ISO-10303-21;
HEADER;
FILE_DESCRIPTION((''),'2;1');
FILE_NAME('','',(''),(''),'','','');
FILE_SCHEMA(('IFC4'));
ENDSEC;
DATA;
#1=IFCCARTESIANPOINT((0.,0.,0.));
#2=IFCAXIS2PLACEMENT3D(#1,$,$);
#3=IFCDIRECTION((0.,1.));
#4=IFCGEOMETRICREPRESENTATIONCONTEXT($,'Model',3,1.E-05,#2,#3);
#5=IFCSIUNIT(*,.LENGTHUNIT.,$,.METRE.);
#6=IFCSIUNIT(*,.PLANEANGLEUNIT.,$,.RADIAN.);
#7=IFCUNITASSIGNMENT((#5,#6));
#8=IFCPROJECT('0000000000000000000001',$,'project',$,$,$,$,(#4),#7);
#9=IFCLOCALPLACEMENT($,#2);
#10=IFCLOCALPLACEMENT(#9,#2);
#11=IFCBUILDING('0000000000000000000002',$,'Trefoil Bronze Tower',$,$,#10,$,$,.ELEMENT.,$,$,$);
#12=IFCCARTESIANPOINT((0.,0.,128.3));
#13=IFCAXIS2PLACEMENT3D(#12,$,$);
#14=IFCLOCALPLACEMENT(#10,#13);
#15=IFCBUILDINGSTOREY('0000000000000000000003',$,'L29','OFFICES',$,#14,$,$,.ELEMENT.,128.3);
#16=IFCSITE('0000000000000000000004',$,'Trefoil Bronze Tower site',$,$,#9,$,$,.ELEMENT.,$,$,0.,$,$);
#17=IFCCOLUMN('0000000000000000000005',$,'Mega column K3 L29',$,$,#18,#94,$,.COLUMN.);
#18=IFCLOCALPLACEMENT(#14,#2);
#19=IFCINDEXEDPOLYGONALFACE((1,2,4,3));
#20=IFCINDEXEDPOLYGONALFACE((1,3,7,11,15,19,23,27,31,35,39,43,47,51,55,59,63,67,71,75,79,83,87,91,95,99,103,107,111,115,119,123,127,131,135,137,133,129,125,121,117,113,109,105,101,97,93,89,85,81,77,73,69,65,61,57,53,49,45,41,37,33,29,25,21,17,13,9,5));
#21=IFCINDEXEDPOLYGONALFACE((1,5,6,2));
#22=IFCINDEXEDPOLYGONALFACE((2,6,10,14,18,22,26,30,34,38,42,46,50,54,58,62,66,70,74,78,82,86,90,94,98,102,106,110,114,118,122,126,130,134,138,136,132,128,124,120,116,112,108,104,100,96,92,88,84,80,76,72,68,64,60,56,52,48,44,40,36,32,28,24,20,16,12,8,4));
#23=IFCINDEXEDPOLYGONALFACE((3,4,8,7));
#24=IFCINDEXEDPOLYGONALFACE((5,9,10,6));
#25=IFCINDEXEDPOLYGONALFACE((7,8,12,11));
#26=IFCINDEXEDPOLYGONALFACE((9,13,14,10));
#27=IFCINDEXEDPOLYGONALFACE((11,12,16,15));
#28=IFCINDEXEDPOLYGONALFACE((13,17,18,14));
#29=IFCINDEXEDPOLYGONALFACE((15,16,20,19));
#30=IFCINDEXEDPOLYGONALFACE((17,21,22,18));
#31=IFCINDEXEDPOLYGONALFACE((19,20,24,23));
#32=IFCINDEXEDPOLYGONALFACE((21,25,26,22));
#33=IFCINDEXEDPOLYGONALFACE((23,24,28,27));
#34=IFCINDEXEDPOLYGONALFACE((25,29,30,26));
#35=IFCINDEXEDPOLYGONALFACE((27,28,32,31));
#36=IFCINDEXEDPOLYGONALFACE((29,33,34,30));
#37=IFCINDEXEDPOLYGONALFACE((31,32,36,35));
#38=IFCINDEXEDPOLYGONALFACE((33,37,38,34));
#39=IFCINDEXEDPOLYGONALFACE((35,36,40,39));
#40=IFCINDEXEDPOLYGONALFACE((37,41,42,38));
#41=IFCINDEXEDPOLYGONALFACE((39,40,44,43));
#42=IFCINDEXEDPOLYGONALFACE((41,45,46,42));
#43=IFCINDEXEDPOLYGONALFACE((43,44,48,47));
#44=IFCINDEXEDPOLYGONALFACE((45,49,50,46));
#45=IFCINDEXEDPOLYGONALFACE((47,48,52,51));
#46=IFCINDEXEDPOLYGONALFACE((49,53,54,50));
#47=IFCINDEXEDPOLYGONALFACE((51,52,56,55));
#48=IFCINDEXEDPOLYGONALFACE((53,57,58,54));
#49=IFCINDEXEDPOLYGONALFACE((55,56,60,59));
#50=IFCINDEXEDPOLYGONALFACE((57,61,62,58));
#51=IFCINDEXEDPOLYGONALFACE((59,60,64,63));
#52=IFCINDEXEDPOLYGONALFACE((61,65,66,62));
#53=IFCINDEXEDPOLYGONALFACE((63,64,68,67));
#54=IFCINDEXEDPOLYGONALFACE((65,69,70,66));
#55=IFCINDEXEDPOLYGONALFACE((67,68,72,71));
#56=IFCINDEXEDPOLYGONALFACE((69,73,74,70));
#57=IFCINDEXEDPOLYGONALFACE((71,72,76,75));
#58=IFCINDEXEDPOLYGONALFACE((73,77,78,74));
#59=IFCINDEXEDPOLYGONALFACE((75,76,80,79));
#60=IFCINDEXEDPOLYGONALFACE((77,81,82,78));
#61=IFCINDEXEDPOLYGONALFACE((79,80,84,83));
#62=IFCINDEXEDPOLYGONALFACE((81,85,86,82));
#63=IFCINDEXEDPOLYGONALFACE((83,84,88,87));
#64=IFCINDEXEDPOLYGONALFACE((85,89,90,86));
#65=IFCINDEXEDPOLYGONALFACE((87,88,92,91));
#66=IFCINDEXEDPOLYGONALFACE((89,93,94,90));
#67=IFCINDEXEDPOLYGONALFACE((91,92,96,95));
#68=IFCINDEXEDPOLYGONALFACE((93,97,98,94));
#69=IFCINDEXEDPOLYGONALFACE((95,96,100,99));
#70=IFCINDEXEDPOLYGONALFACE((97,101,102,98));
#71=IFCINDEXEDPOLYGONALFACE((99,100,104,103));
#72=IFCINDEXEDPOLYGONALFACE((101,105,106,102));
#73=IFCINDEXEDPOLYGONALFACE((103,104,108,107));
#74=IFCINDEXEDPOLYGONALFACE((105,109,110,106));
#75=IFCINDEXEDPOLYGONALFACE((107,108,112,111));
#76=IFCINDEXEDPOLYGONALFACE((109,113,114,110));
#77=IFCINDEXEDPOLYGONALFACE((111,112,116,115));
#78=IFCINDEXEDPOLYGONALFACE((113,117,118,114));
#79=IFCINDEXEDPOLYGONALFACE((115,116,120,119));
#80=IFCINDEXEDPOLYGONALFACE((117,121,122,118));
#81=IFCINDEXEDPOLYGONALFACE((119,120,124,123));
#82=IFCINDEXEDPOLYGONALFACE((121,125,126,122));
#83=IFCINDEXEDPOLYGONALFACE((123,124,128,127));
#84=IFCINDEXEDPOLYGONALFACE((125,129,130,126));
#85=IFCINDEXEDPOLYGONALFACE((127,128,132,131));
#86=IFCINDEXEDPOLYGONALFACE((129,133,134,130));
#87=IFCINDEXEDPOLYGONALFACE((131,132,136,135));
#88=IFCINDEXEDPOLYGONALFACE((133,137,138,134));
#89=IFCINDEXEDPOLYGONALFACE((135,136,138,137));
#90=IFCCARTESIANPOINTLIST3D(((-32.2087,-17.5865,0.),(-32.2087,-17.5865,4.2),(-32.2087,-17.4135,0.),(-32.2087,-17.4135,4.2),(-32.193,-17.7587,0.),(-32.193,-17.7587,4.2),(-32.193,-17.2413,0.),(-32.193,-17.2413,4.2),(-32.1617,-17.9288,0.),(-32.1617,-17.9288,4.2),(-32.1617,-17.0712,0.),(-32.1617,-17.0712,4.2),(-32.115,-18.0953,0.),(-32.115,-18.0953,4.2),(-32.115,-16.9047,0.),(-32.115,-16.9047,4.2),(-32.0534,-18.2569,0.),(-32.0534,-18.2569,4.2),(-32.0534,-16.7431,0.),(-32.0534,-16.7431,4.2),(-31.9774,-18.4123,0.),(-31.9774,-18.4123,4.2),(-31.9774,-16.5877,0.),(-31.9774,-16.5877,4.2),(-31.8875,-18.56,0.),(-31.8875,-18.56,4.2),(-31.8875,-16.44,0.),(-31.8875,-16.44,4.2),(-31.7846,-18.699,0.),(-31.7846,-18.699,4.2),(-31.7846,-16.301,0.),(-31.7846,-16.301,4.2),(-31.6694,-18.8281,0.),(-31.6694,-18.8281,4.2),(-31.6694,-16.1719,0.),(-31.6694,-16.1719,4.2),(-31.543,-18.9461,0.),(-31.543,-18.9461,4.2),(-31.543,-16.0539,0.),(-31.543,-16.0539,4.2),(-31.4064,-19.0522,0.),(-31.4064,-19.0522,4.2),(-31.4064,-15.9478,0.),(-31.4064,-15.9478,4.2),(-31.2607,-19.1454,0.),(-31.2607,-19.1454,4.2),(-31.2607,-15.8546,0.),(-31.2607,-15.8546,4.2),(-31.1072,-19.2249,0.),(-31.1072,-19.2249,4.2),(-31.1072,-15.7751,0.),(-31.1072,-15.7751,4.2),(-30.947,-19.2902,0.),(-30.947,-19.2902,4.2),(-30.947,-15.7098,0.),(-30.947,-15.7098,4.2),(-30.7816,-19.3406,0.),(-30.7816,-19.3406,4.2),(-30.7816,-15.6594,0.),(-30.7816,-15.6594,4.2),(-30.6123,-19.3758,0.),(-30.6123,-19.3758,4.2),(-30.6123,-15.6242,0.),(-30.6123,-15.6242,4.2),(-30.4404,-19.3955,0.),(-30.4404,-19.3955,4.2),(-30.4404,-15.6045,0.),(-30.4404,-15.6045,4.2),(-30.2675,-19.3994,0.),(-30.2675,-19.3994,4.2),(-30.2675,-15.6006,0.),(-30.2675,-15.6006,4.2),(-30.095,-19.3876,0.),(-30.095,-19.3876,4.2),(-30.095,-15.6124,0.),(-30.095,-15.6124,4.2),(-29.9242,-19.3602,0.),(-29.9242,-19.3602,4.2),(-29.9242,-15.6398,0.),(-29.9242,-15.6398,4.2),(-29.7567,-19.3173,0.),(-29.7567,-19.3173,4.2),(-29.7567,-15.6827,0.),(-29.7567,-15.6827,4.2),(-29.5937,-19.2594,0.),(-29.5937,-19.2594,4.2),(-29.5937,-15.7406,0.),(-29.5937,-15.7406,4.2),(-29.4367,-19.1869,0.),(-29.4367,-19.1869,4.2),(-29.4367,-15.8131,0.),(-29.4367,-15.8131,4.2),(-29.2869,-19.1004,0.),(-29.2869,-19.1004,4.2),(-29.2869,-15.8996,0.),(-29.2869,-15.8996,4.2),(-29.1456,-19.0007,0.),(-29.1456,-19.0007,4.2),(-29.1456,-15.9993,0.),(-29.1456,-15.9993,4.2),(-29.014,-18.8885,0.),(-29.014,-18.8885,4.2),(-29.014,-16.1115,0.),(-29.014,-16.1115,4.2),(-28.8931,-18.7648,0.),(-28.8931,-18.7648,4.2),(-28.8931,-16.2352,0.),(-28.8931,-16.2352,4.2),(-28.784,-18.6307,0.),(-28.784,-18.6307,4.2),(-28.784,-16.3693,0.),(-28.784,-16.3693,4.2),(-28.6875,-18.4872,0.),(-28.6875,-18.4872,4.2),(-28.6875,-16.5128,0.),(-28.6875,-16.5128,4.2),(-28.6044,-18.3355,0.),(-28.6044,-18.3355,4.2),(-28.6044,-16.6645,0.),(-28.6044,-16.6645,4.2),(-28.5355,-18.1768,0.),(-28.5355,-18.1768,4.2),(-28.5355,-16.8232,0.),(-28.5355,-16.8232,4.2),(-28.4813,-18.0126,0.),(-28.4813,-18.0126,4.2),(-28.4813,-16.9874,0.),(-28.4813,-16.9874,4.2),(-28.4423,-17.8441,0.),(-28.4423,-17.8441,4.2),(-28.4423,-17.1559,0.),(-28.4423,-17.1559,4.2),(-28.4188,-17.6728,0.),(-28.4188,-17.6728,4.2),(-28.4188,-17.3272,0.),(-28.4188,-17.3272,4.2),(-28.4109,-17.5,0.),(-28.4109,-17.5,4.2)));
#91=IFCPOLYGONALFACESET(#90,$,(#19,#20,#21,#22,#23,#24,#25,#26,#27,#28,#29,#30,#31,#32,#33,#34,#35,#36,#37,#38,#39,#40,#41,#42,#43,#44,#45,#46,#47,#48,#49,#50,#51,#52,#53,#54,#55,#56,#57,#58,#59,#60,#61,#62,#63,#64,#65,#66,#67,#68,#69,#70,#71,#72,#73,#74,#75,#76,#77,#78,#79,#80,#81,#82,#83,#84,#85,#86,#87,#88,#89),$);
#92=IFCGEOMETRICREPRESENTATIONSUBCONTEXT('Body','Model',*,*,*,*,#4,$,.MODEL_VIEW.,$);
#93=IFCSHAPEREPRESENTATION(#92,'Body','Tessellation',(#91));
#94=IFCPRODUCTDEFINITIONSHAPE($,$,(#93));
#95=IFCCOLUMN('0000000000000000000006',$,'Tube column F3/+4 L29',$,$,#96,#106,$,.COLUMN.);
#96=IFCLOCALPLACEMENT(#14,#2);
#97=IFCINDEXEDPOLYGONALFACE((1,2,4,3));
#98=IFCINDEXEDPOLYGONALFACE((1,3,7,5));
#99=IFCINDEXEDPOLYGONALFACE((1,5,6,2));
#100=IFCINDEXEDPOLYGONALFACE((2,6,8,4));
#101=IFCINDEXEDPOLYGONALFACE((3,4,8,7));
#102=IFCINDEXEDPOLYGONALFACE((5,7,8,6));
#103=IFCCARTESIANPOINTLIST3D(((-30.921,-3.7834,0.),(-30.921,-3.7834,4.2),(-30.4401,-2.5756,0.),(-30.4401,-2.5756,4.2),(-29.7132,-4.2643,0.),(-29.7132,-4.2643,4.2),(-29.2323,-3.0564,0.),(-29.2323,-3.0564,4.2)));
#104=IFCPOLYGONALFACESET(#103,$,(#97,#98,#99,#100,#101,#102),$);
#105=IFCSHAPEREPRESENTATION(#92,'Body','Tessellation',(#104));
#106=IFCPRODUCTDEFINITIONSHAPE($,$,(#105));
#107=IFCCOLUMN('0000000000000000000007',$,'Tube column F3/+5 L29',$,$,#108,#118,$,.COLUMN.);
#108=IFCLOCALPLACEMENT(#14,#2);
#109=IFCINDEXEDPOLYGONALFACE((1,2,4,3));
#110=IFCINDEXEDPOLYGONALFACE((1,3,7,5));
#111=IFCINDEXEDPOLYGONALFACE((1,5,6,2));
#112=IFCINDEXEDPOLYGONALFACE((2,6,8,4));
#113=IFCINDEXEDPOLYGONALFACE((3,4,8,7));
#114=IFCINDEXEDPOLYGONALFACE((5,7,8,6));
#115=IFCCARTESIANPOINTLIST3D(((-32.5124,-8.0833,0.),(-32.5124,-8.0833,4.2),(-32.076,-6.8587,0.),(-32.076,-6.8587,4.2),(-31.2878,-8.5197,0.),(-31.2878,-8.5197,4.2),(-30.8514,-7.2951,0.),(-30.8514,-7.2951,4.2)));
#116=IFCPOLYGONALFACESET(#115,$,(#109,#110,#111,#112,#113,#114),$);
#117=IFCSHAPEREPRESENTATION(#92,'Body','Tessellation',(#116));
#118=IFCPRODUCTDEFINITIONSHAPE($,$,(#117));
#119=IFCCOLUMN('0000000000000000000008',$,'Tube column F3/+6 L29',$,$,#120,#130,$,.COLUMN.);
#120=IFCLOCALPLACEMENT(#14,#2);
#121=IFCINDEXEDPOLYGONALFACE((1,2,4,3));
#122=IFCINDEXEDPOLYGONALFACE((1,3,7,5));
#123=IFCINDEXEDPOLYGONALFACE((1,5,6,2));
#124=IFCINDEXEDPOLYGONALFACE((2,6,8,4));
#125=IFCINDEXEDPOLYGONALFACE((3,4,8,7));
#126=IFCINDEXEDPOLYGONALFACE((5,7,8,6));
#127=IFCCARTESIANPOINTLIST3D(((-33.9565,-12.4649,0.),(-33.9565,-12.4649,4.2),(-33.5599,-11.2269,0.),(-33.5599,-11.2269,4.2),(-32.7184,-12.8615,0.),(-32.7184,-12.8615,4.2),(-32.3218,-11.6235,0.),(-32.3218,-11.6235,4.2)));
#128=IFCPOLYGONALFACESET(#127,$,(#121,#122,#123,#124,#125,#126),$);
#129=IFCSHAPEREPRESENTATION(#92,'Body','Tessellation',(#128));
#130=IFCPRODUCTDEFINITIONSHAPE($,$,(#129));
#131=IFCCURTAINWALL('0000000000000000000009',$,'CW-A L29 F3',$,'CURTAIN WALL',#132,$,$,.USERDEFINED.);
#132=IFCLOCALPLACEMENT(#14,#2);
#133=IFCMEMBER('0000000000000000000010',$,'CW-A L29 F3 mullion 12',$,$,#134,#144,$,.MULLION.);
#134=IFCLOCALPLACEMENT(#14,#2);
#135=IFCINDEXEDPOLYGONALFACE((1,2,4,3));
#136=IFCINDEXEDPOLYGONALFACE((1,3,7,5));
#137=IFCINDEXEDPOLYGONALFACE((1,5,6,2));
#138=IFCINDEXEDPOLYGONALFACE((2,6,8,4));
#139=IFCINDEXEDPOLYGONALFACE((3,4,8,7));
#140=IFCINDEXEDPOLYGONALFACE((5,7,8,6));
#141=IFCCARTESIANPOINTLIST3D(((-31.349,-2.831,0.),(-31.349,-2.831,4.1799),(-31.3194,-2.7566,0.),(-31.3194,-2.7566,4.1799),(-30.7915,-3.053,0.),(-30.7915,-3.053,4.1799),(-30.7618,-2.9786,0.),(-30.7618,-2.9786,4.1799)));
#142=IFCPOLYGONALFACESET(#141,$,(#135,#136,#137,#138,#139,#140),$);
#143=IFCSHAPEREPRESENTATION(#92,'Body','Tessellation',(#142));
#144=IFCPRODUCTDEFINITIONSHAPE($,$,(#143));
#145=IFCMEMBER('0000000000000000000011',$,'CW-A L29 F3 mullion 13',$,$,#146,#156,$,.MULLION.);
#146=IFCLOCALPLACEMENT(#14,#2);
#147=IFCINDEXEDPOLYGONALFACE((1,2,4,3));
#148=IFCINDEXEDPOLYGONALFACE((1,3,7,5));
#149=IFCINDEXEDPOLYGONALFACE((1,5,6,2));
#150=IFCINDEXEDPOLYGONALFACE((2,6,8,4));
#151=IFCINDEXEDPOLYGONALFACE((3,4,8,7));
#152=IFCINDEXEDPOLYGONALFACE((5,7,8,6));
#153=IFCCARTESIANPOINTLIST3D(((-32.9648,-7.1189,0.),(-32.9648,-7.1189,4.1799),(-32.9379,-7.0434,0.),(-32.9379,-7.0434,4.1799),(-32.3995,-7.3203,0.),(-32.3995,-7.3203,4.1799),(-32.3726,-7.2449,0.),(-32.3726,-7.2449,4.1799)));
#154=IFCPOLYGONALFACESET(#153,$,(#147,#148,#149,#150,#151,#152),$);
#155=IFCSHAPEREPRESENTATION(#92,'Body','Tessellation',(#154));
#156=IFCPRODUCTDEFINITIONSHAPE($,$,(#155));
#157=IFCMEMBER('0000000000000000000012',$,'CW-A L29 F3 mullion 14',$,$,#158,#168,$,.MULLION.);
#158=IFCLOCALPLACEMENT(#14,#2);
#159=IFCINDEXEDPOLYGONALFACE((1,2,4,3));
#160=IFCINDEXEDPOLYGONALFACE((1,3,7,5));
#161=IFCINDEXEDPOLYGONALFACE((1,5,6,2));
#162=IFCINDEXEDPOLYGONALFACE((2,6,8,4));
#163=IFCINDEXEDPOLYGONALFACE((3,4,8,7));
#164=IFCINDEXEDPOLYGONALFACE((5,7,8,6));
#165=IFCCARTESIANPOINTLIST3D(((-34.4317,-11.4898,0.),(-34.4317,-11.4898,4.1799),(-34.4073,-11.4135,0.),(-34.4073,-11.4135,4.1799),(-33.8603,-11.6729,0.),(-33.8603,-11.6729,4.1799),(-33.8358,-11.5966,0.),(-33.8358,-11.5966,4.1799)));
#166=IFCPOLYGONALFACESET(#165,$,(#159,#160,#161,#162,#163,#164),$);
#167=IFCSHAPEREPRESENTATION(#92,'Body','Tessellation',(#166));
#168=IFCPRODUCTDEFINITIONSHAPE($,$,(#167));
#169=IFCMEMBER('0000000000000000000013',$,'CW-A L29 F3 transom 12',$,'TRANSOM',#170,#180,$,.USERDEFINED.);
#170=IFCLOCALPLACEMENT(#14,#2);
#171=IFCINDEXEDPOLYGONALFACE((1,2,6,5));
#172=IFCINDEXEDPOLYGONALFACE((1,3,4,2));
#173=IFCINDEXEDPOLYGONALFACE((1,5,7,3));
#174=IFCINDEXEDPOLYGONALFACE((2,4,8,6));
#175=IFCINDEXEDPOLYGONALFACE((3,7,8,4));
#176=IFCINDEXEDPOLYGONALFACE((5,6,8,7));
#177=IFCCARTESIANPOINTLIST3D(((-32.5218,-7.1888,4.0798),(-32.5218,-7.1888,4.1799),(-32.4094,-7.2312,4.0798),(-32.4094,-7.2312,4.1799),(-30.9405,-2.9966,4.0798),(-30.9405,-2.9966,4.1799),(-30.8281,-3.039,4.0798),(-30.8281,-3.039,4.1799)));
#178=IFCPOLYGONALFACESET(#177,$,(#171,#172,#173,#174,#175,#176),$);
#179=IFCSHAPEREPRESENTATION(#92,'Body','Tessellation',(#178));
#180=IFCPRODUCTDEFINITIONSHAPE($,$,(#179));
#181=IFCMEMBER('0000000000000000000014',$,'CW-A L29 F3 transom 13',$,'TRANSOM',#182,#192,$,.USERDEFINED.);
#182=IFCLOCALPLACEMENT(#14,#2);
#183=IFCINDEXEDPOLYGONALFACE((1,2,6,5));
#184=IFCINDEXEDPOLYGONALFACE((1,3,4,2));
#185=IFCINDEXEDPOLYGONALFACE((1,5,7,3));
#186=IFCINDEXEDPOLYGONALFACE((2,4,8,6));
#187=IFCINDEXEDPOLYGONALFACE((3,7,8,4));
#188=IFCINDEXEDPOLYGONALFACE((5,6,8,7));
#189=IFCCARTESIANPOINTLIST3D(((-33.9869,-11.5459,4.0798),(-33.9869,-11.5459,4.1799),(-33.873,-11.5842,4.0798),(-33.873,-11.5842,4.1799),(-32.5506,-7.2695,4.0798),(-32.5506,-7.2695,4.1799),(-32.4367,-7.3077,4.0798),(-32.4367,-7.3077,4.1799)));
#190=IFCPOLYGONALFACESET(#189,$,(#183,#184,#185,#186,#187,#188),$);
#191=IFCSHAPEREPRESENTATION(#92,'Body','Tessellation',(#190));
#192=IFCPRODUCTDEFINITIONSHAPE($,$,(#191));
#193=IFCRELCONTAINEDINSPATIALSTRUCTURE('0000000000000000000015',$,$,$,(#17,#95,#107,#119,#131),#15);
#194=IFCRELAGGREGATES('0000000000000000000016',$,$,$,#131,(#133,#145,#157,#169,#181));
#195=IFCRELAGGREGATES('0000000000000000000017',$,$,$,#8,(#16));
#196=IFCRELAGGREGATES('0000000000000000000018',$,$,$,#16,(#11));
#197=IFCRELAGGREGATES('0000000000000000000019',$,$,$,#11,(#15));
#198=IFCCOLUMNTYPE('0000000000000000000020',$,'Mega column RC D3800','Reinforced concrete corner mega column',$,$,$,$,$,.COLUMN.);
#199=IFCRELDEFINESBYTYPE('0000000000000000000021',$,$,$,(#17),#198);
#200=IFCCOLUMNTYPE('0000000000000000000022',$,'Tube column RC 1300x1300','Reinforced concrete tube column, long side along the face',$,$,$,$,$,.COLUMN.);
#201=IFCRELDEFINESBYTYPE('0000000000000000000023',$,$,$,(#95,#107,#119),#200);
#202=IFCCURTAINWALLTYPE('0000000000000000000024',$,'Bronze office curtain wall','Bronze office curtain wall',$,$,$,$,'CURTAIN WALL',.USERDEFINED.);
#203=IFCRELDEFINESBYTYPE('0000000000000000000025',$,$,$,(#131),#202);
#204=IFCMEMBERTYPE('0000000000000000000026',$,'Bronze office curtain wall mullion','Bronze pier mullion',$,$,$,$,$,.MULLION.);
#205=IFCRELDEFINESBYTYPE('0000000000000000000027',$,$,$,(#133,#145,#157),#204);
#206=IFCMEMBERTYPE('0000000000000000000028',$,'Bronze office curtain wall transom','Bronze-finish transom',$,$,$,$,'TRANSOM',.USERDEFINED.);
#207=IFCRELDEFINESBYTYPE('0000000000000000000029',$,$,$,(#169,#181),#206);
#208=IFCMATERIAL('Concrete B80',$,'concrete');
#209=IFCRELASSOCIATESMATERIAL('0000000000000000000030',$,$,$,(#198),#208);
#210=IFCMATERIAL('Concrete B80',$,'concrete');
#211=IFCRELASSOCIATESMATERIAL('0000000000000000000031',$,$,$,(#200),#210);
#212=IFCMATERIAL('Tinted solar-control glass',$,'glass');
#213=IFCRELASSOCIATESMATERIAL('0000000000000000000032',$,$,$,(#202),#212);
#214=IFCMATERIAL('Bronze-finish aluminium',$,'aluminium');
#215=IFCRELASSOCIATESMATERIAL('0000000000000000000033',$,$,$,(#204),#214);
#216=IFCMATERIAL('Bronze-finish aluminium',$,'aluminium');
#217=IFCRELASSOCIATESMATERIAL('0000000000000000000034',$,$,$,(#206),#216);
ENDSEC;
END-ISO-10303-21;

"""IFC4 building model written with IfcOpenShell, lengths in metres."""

from ifc_helpers import new_model, si_unit, direction, frame, origin, origin_2d, place, context, subcontext, project, spatial, rectangle, circle, extrude, material, material_profile, profile_set, type_object, element, aggregate, save


model = new_model("IFC4")

# Units and contexts
model_context = context("Model", 3, precision=1e-05, world=origin(), true_north=direction((0.0, 1.0)))
body_context = subcontext(model_context, "Body", "Model", "MODEL_VIEW")
ifc_project = project(units=[si_unit("LENGTHUNIT", "METRE"), si_unit("PLANEANGLEUNIT", "RADIAN")], contexts=[model_context])

# Site, building, storey
site_placement = place(None, origin())
site = spatial("IfcSite", under=ifc_project, at=site_placement, Name="Trefoil Bronze Tower site", CompositionType="ELEMENT", RefElevation=0.0)
building_placement = place(site_placement, origin())
building = spatial("IfcBuilding", under=site, at=building_placement, Name="Trefoil Bronze Tower", CompositionType="ELEMENT")
storey_placement = place(building_placement, frame((0.0, 0.0, 128.3)))
storey = spatial("IfcBuildingStorey", under=building, at=storey_placement, Name="L29", Description="OFFICES", CompositionType="ELEMENT", Elevation=128.3)

# Columns
ifc_material_1 = material(Name="Concrete B80", Category="concrete")
ifc_material_profile_1 = material_profile(ifc_material_1, circle(Radius=1.8999, at=origin_2d()), Name="RC D3800")
ifc_profile_set_1 = profile_set([ifc_material_profile_1], Name="Concrete B80")
column_type_1 = type_object("IfcColumnType", Name="Mega column RC D3800", Description="Reinforced concrete corner mega column", PredefinedType="COLUMN", material=ifc_profile_set_1)
column_placement = place(storey_placement, frame((-30.3108, -17.5, 0.0), z_axis=(0.0, 0.0, 1.0), x_axis=(1.0, 0.0, 0.0)))
element("IfcColumn", 1, at=column_placement, inside=storey, type_object=column_type_1, Name="Mega column K3 L29", PredefinedType="COLUMN", context=body_context, shape_type="SweptSolid", body=[
    extrude(circle(Radius=1.8999, at=origin_2d()), origin(), (0.0, 0.0, 1.0), 4.2),
])
ifc_material_2 = material(Name="Concrete B80", Category="concrete")
ifc_material_profile_2 = material_profile(ifc_material_2, rectangle(XDim=1.3, YDim=1.3, at=origin_2d()), Name="RC 1300x1300")
ifc_profile_set_2 = profile_set([ifc_material_profile_2], Name="Concrete B80")
column_type_2 = type_object("IfcColumnType", Name="Tube column RC 1300x1300", Description="Reinforced concrete tube column, long side along the face", PredefinedType="COLUMN", material=ifc_profile_set_2)
for number, where, z_axis, x_axis, name in (
    (2, (-30.0767, -3.4199, 0.0), (0.0, 0.0, 1.0), (-0.369901, -0.929071, 0.0), "Tube column F3/+4 L29"),
    (3, (-31.6819, -7.6892, 0.0), (0.0, 0.0, 1.0), (-0.335718, -0.941963, 0.0), "Tube column F3/+5 L29"),
    (4, (-33.1392, -12.0442, 0.0), (0.0, 0.0, 1.0), (-0.305066, -0.952331, 0.0), "Tube column F3/+6 L29"),
):
    element("IfcColumn", number, at=place(storey_placement, frame(where, z_axis=z_axis, x_axis=x_axis)), inside=storey, type_object=column_type_2, Name=name, PredefinedType="COLUMN", context=body_context, shape_type="SweptSolid", body=[
        extrude(rectangle(XDim=1.3, YDim=1.3, at=origin_2d()), origin(), (0.0, 0.0, 1.0), 4.2),
    ])

# Curtain wall, members
ifc_material_3 = material(Name="Tinted solar-control glass", Category="glass")
curtain_wall_type_1 = type_object("IfcCurtainWallType", Name="Bronze office curtain wall", Description="Bronze office curtain wall", ElementType="CURTAIN WALL", PredefinedType="USERDEFINED", material=ifc_material_3)
curtain_wall_1_placement = place(storey_placement, origin())
curtain_wall_1 = element("IfcCurtainWall", 5, at=curtain_wall_1_placement, inside=storey, type_object=curtain_wall_type_1, Name="CW-A L29 F3", ObjectType="CURTAIN WALL", PredefinedType="USERDEFINED")
ifc_material_4 = material(Name="Bronze-finish aluminium", Category="aluminium")
ifc_material_profile_3 = material_profile(ifc_material_4, rectangle(XDim=0.6001, YDim=0.0801, at=origin_2d()), Name="CW-A mullion")
ifc_profile_set_3 = profile_set([ifc_material_profile_3], Name="Bronze-finish aluminium")
member_type_1 = type_object("IfcMemberType", Name="Bronze office curtain wall mullion", Description="Bronze pier mullion", PredefinedType="MULLION", material=ifc_profile_set_3)
member_1_placement = place(storey_placement, frame((-31.0554, -2.9048, 0.0), z_axis=(0.0, 0.0, 1.0), x_axis=(0.929071, -0.369901, 0.0)))
member_1 = element("IfcMember", 6, at=member_1_placement, type_object=member_type_1, Name="CW-A L29 F3 mullion 12", PredefinedType="MULLION", context=body_context, shape_type="SweptSolid", body=[
    extrude(rectangle(XDim=0.6001, YDim=0.0801, at=origin_2d()), origin(), (0.0, 0.0, 1.0), 4.1799),
])
member_2_placement = place(storey_placement, frame((-32.6687, -7.1819, 0.0), z_axis=(0.0, 0.0, 1.0), x_axis=(0.941963, -0.335718, 0.0)))
member_2 = element("IfcMember", 7, at=member_2_placement, type_object=member_type_1, Name="CW-A L29 F3 mullion 13", PredefinedType="MULLION", context=body_context, shape_type="SweptSolid", body=[
    extrude(rectangle(XDim=0.6001, YDim=0.0801, at=origin_2d()), origin(), (0.0, 0.0, 1.0), 4.1799),
])
member_3_placement = place(storey_placement, frame((-34.1338, -11.5432, 0.0), z_axis=(0.0, 0.0, 1.0), x_axis=(0.952331, -0.305066, 0.0)))
member_3 = element("IfcMember", 8, at=member_3_placement, type_object=member_type_1, Name="CW-A L29 F3 mullion 14", PredefinedType="MULLION", context=body_context, shape_type="SweptSolid", body=[
    extrude(rectangle(XDim=0.6001, YDim=0.0801, at=origin_2d()), origin(), (0.0, 0.0, 1.0), 4.1799),
])
ifc_material_5 = material(Name="Bronze-finish aluminium", Category="aluminium")
ifc_material_profile_4 = material_profile(ifc_material_5, rectangle(XDim=0.1201, YDim=0.1001, at=origin_2d()), Name="CW-A transom")
ifc_profile_set_4 = profile_set([ifc_material_profile_4], Name="Bronze-finish aluminium")
member_type_2 = type_object("IfcMemberType", Name="Bronze office curtain wall transom", Description="Bronze-finish transom", ElementType="TRANSOM", PredefinedType="USERDEFINED", material=ifc_profile_set_4)
member_4_placement = place(storey_placement, frame((-30.8843, -3.0178, 4.1299), z_axis=(-0.352932, -0.935649, 0.0), x_axis=(0.935649, -0.352932, 0.0)))
member_4 = element("IfcMember", 9, at=member_4_placement, type_object=member_type_2, Name="CW-A L29 F3 transom 12", ObjectType="TRANSOM", PredefinedType="USERDEFINED", context=body_context, shape_type="SweptSolid", body=[
    extrude(rectangle(XDim=0.1201, YDim=0.1001, at=origin_2d()), origin(), (0.0, 0.0, 1.0), 4.4805),
])
member_5_placement = place(storey_placement, frame((-32.4937, -7.2886, 4.1299), z_axis=(-0.318386, -0.947961, 0.0), x_axis=(0.947961, -0.318386, 0.0)))
member_5 = element("IfcMember", 10, at=member_5_placement, type_object=member_type_2, Name="CW-A L29 F3 transom 13", ObjectType="TRANSOM", PredefinedType="USERDEFINED", context=body_context, shape_type="SweptSolid", body=[
    extrude(rectangle(XDim=0.1201, YDim=0.1001, at=origin_2d()), origin(), (0.0, 0.0, 1.0), 4.5112),
])

aggregate(curtain_wall_1, [member_1, member_2, member_3, member_4, member_5])

save(model, "model.ifc")
